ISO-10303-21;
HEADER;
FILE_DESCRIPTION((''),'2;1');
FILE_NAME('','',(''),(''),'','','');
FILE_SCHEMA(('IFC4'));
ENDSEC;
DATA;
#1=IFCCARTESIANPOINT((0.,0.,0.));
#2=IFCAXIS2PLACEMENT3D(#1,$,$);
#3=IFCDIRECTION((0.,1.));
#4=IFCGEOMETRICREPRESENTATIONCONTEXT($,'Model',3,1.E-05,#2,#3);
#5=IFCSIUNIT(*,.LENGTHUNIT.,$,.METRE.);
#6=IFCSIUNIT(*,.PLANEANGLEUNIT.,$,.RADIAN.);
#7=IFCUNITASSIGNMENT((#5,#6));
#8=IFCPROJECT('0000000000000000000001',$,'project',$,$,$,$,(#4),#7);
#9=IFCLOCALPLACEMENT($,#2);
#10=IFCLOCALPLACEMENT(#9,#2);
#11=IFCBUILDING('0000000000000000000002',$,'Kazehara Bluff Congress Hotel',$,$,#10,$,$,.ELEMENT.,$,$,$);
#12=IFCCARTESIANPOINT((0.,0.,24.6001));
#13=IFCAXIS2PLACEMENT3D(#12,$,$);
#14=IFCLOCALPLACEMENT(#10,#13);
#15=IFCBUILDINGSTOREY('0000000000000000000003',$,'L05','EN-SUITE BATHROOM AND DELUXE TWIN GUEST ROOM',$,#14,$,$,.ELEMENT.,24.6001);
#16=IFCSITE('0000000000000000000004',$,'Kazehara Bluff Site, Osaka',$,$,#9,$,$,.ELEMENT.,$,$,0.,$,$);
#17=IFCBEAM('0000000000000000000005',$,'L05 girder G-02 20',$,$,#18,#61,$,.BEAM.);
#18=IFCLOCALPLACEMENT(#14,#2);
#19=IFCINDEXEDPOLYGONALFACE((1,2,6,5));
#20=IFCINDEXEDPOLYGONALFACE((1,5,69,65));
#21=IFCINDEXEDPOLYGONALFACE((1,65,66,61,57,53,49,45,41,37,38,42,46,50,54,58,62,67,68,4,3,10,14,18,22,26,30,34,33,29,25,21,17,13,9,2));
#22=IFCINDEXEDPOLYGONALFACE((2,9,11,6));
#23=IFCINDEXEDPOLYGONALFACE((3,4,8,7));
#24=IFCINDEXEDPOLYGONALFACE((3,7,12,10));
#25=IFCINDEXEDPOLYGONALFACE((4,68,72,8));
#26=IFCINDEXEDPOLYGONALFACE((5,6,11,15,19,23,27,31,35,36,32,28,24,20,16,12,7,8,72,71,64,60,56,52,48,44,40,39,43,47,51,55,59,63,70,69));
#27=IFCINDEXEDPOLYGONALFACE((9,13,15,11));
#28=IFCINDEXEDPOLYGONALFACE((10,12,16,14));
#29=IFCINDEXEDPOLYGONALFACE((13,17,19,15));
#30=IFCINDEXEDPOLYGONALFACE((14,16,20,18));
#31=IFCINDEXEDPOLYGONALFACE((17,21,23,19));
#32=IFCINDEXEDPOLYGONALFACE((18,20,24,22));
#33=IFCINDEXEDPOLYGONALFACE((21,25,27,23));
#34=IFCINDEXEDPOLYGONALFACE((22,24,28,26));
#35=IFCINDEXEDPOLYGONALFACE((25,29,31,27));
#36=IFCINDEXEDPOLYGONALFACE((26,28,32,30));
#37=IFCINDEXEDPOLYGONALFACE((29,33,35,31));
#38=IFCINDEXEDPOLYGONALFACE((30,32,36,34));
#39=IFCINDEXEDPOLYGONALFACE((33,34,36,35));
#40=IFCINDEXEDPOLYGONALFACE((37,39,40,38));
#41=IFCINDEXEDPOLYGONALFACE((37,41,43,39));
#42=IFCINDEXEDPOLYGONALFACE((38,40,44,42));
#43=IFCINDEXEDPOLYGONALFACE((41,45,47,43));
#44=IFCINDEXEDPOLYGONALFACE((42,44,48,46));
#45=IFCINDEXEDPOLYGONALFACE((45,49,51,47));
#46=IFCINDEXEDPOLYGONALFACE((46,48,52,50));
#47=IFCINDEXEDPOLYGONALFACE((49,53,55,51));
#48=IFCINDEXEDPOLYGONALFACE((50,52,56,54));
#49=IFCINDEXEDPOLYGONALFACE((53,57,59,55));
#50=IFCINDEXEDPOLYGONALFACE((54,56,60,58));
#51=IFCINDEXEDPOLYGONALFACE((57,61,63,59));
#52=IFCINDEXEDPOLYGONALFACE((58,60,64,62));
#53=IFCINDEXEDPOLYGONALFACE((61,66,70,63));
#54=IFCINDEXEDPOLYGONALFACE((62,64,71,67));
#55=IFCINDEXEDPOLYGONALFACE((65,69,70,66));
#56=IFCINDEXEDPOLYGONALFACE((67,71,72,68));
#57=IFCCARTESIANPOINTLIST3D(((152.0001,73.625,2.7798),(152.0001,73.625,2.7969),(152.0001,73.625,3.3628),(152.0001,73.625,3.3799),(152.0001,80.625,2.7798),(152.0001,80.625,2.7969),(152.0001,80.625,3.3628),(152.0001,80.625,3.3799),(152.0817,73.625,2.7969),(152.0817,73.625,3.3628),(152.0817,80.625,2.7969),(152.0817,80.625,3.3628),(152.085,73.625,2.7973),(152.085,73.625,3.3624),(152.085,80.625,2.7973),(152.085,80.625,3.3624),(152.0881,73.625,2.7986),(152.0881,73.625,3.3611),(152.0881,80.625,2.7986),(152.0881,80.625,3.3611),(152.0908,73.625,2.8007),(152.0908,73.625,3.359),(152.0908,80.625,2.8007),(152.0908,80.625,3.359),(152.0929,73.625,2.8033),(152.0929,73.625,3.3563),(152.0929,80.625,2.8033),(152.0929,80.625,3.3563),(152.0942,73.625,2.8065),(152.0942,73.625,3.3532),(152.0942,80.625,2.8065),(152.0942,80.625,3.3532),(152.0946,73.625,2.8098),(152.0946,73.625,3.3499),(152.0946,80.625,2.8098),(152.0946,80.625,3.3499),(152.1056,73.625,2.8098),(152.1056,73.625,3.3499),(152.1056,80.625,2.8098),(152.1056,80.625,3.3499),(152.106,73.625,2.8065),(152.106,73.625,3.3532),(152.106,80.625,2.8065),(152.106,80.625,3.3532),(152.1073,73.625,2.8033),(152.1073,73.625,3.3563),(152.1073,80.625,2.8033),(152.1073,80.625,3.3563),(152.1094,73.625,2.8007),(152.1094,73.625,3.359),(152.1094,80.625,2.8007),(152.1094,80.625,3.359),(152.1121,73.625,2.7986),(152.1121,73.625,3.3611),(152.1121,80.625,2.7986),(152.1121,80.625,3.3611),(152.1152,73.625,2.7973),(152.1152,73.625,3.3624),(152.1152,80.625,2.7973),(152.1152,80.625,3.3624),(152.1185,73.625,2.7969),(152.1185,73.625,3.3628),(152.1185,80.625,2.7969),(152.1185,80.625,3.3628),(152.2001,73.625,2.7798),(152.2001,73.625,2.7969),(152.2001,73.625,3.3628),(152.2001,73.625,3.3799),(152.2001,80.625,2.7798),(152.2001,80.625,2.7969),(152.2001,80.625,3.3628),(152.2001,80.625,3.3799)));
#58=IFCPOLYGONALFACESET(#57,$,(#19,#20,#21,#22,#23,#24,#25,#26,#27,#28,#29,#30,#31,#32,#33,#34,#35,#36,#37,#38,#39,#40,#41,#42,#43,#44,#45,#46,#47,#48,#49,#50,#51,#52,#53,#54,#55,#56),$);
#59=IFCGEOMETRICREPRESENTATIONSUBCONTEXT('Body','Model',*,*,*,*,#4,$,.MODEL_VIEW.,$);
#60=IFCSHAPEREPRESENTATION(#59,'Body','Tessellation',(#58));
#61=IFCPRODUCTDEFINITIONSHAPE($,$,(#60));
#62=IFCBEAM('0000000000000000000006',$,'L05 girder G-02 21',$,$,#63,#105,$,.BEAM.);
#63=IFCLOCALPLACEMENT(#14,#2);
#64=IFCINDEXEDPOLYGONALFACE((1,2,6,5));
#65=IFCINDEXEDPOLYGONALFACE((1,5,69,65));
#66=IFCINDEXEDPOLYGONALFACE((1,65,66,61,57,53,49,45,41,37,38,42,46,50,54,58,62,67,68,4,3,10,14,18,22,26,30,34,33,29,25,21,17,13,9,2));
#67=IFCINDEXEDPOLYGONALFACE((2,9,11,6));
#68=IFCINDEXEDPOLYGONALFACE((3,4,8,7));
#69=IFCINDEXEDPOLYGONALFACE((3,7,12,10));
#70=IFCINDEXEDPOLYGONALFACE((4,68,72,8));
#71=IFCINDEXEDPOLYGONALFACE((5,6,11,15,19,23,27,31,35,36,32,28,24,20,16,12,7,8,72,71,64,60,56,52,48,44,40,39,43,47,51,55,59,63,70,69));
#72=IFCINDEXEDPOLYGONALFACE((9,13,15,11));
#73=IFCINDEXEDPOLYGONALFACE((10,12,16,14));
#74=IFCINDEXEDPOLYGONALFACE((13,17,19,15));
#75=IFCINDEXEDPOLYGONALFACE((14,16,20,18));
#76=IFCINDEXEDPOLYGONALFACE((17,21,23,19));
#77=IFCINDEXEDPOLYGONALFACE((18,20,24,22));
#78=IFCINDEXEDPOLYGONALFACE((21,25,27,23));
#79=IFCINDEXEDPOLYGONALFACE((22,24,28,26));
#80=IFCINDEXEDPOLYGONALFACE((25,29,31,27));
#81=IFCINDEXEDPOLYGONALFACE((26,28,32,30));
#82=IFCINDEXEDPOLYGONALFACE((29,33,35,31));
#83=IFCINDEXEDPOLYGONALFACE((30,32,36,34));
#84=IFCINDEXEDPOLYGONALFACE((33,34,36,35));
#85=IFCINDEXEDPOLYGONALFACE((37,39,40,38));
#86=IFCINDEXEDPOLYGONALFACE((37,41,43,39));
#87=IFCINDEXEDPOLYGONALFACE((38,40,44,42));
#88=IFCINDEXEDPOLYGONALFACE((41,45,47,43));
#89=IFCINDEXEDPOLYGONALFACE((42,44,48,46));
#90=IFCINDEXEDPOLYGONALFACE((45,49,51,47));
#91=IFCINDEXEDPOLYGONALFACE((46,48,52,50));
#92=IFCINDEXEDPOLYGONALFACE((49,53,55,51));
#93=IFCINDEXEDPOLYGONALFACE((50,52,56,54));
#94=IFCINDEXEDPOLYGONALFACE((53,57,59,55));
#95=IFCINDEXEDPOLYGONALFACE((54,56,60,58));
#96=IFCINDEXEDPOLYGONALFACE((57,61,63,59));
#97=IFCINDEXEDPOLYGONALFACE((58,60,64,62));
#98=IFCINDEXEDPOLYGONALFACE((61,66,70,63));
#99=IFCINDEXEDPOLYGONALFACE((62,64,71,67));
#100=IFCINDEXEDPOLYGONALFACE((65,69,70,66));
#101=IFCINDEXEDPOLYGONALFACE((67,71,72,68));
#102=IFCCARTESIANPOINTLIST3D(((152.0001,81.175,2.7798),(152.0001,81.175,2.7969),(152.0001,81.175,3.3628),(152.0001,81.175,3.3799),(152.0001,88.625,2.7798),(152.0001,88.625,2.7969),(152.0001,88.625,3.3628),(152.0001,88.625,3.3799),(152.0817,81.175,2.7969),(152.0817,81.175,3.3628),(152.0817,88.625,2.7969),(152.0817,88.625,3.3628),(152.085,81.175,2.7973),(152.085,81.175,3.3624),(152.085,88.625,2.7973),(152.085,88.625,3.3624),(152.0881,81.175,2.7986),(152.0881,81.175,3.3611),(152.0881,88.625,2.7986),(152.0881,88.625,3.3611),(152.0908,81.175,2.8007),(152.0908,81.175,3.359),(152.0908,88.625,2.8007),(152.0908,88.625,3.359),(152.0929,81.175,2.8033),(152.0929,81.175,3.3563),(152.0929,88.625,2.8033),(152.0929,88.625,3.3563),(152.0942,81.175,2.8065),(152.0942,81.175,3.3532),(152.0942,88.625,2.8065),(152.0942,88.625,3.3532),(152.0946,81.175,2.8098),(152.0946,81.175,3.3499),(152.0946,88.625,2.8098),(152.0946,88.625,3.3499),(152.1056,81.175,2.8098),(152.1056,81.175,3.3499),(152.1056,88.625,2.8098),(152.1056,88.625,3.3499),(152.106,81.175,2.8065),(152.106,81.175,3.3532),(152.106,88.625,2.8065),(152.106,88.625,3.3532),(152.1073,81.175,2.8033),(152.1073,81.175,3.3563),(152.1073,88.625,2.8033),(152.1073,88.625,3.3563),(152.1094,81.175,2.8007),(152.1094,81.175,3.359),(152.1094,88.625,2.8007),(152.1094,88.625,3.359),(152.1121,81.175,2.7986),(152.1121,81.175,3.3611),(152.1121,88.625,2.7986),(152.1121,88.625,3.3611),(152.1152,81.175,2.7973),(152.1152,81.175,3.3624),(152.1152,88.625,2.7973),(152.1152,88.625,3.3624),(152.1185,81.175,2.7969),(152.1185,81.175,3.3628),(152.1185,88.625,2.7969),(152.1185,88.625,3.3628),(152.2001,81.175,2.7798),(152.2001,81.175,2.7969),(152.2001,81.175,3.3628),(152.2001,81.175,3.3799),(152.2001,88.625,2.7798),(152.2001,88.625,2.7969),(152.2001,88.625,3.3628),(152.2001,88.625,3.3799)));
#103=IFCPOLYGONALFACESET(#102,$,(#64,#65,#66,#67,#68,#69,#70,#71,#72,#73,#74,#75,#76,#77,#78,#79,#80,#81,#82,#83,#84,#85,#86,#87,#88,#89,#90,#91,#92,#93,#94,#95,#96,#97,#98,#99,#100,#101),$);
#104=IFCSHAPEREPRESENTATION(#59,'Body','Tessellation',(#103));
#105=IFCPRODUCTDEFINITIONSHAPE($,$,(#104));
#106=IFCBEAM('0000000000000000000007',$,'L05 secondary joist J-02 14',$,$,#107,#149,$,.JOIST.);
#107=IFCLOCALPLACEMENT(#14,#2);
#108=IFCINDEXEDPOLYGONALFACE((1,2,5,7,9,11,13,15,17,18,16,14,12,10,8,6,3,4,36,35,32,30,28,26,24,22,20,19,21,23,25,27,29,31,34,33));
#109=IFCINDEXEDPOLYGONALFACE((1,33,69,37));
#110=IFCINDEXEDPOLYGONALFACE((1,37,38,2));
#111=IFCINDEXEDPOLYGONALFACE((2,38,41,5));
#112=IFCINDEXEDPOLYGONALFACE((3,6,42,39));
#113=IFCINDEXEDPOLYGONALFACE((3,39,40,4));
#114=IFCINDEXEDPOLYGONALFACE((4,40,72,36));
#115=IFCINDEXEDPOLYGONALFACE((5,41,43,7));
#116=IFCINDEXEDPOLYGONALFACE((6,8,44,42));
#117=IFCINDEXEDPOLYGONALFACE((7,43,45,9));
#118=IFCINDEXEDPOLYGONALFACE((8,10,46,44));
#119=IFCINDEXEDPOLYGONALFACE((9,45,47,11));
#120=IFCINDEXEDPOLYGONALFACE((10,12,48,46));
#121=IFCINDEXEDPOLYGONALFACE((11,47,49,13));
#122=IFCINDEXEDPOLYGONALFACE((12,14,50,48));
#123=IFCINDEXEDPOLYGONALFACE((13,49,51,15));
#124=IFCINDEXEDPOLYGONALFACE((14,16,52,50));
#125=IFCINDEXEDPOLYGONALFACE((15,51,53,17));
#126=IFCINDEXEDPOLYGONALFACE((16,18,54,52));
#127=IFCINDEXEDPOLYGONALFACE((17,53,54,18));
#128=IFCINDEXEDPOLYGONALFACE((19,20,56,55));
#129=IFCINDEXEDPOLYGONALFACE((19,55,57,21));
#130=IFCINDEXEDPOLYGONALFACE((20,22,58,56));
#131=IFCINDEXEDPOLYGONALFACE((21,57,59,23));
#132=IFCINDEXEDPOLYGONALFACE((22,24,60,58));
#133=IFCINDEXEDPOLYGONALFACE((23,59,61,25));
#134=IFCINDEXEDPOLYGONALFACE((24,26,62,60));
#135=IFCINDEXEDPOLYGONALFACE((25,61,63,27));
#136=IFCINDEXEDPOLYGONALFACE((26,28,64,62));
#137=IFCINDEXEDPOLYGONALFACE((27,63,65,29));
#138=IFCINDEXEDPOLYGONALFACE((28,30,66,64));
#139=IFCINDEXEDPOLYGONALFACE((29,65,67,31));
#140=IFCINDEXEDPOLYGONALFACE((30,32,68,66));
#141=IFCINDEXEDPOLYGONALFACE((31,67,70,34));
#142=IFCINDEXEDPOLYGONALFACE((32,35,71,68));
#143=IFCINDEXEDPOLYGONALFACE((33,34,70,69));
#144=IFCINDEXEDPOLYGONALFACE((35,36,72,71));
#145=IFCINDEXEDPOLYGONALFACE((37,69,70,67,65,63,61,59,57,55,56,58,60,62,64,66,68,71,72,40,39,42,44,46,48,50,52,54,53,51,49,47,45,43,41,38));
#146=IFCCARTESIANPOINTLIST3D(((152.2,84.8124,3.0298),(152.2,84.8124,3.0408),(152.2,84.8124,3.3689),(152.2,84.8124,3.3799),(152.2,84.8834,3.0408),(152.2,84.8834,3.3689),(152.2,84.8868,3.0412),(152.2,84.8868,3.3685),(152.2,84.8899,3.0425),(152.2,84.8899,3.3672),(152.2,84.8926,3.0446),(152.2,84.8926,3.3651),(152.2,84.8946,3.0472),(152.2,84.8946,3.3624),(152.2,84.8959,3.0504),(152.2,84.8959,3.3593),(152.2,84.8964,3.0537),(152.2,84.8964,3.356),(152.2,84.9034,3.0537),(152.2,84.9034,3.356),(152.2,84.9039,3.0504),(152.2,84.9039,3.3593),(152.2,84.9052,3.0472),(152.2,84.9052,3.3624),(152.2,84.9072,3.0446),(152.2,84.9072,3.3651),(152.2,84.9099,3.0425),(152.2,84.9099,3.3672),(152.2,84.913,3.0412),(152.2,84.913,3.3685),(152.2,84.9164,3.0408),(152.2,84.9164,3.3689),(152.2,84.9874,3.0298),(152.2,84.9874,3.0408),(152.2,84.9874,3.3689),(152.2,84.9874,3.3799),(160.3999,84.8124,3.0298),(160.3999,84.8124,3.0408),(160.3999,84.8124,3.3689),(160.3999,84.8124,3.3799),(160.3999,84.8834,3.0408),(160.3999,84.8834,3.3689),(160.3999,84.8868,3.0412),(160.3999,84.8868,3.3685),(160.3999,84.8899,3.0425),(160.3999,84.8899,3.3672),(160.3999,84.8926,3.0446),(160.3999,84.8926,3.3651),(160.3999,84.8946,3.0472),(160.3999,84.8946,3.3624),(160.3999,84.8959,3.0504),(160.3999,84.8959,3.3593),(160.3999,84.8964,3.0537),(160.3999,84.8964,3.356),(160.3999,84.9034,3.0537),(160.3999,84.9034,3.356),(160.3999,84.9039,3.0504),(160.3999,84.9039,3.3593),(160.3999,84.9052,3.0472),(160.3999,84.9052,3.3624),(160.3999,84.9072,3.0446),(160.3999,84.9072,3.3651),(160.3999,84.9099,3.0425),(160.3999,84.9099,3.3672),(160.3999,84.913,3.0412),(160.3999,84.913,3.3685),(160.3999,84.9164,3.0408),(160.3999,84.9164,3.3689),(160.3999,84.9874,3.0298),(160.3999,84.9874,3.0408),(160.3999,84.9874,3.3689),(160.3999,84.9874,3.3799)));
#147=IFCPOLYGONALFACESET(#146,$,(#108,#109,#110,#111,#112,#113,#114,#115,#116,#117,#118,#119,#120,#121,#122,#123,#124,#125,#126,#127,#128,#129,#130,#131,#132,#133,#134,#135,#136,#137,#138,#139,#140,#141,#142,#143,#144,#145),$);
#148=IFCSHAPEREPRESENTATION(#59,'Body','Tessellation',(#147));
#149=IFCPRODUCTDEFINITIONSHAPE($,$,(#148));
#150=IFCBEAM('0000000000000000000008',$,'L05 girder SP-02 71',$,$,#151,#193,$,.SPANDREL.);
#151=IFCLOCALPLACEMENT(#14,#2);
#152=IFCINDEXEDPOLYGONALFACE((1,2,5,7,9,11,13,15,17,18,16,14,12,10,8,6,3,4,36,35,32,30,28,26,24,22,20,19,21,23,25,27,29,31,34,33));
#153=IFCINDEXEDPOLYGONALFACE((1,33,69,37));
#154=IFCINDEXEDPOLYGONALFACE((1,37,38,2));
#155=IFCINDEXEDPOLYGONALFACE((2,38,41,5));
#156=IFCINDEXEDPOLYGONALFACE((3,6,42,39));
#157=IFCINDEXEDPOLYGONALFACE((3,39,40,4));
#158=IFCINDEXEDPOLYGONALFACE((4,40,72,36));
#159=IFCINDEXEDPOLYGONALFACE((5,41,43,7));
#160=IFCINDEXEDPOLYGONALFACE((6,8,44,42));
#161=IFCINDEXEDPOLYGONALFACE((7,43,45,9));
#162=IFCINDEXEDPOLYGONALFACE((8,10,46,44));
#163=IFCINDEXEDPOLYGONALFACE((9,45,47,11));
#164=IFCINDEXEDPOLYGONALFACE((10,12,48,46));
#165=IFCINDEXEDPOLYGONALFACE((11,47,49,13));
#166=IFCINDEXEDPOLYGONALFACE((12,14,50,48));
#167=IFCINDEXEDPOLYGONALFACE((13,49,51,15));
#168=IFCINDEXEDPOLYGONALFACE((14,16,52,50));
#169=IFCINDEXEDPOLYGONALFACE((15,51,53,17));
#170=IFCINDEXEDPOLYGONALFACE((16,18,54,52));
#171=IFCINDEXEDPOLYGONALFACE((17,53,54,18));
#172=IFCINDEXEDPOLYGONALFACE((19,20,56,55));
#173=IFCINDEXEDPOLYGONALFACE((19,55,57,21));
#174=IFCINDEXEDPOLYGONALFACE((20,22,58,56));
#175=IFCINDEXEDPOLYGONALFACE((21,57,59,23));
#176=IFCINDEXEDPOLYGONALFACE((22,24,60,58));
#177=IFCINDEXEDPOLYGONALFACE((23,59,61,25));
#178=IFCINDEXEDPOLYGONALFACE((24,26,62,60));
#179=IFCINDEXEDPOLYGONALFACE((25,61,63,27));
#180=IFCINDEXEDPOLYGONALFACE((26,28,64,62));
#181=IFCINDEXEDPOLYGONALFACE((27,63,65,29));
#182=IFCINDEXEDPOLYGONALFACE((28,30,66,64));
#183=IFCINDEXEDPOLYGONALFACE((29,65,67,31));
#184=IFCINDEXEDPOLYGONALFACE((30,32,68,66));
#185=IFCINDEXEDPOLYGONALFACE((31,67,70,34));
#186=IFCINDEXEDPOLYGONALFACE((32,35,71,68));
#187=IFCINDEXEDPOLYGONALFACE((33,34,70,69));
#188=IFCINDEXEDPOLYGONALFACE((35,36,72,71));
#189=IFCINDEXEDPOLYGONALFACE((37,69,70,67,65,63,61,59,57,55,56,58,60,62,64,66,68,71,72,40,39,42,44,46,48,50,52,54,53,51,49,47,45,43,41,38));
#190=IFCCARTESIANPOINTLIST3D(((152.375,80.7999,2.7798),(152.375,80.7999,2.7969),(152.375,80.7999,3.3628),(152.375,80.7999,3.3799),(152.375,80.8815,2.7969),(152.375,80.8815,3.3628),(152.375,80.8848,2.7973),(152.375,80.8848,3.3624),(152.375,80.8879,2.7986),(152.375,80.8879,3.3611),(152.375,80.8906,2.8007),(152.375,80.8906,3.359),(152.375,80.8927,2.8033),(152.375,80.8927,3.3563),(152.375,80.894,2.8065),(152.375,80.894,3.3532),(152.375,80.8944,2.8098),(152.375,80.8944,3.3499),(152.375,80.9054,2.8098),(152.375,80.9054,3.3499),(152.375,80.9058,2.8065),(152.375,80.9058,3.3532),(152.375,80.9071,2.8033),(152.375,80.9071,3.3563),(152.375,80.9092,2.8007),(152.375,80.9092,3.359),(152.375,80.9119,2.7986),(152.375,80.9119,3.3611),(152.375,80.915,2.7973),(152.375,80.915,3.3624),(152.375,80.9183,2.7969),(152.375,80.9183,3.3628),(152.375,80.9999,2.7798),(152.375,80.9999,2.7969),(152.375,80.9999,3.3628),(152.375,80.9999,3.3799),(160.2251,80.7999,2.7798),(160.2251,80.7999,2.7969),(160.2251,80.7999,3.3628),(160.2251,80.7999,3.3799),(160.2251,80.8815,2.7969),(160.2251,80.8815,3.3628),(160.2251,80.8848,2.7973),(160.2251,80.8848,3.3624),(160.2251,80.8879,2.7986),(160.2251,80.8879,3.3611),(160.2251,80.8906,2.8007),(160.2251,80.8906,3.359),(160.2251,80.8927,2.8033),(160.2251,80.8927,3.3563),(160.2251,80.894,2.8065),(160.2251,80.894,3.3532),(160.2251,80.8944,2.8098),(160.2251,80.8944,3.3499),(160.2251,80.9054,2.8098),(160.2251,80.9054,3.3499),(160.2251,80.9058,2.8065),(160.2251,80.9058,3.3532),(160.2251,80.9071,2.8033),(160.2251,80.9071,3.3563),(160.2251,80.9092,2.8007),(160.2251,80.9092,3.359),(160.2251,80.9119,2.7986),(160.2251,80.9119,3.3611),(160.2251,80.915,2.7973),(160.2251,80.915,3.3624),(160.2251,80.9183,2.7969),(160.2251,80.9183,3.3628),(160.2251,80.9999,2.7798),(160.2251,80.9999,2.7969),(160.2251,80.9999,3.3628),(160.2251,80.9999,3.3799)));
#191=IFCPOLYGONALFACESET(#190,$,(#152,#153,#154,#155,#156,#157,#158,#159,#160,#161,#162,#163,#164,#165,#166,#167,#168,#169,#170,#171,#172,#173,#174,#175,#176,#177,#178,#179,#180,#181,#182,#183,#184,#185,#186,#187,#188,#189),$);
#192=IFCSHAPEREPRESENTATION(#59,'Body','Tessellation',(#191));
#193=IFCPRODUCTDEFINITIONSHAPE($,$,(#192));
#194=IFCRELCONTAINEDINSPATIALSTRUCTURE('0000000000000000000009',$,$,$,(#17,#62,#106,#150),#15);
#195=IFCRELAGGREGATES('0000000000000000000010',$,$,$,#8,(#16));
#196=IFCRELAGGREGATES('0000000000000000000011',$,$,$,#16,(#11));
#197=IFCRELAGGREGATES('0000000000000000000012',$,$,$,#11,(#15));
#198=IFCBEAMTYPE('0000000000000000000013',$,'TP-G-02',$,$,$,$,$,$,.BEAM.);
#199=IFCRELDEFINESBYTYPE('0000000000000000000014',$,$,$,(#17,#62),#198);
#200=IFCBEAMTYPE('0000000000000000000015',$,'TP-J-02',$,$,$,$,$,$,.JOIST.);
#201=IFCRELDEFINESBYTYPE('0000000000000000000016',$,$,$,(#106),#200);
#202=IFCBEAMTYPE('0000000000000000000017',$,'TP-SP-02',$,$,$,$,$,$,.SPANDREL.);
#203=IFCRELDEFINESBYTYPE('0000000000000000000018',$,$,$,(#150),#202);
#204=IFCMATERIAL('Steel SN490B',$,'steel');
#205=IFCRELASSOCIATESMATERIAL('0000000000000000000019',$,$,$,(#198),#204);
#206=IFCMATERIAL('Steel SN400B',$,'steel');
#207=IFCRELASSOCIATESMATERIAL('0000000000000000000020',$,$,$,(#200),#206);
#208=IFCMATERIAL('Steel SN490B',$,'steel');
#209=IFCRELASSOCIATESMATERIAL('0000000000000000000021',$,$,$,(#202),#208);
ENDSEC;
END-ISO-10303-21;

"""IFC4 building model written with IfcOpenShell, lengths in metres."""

from ifc_helpers import new_model, si_unit, direction, frame, origin, origin_2d, place, context, subcontext, project, spatial, i_section, extrude, material, material_profile, profile_set, type_object, element, save


model = new_model("IFC4")

# Units and contexts
model_context = context("Model", 3, precision=1e-05, world=origin(), true_north=direction((0.0, 1.0)))
body_context = subcontext(model_context, "Body", "Model", "MODEL_VIEW")
ifc_project = project(units=[si_unit("LENGTHUNIT", "METRE"), si_unit("PLANEANGLEUNIT", "RADIAN")], contexts=[model_context])

# Site, building, storey
site_placement = place(None, origin())
site = spatial("IfcSite", under=ifc_project, at=site_placement, Name="Kazehara Bluff Site, Osaka", CompositionType="ELEMENT", RefElevation=0.0)
building_placement = place(site_placement, origin())
building = spatial("IfcBuilding", under=site, at=building_placement, Name="Kazehara Bluff Congress Hotel", CompositionType="ELEMENT")
storey_placement = place(building_placement, frame((0.0, 0.0, 24.6001)))
storey = spatial("IfcBuildingStorey", under=building, at=storey_placement, Name="L05", Description="EN-SUITE BATHROOM AND DELUXE TWIN GUEST ROOM", CompositionType="ELEMENT", Elevation=24.6001)

# Beams
ifc_material_1 = material(Name="Steel SN490B", Category="steel")
ifc_material_profile_1 = material_profile(ifc_material_1, i_section(OverallWidth=0.2, OverallDepth=0.6001, WebThickness=0.011, FlangeThickness=0.0171, FilletRadius=0.0129, at=origin_2d()))
ifc_profile_set_1 = profile_set([ifc_material_profile_1], Name="Steel SN490B")
beam_type_1 = type_object("IfcBeamType", Name="TP-G-02", PredefinedType="BEAM", material=ifc_profile_set_1)
beam_1_placement = place(storey_placement, frame((152.1001, 73.625, 3.0798), z_axis=(0.0, 1.0, 0.0), x_axis=(-1.0, 0.0, 0.0)))
element("IfcBeam", 1, at=beam_1_placement, inside=storey, type_object=beam_type_1, Name="L05 girder G-02 20", PredefinedType="BEAM", context=body_context, shape_type="SweptSolid", body=[
    extrude(i_section(OverallWidth=0.2, OverallDepth=0.6001, WebThickness=0.011, FlangeThickness=0.0171, FilletRadius=0.0129, at=origin_2d()), origin(), (0.0, 0.0, 1.0), 7.0),
])
beam_2_placement = place(storey_placement, frame((152.1001, 81.175, 3.0798), z_axis=(0.0, 1.0, 0.0), x_axis=(-1.0, 0.0, 0.0)))
element("IfcBeam", 2, at=beam_2_placement, inside=storey, type_object=beam_type_1, Name="L05 girder G-02 21", PredefinedType="BEAM", context=body_context, shape_type="SweptSolid", body=[
    extrude(i_section(OverallWidth=0.2, OverallDepth=0.6001, WebThickness=0.011, FlangeThickness=0.0171, FilletRadius=0.0129, at=origin_2d()), origin(), (0.0, 0.0, 1.0), 7.45),
])
ifc_material_2 = material(Name="Steel SN400B", Category="steel")
ifc_material_profile_2 = material_profile(ifc_material_2, i_section(OverallWidth=0.175, OverallDepth=0.3501, WebThickness=0.0071, FlangeThickness=0.011, FilletRadius=0.0129, at=origin_2d()))
ifc_profile_set_2 = profile_set([ifc_material_profile_2], Name="Steel SN400B")
beam_type_2 = type_object("IfcBeamType", Name="TP-J-02", PredefinedType="JOIST", material=ifc_profile_set_2)
beam_3_placement = place(storey_placement, frame((152.2, 84.8999, 3.2048), z_axis=(1.0, 0.0, 0.0), x_axis=(0.0, 1.0, 0.0)))
element("IfcBeam", 3, at=beam_3_placement, inside=storey, type_object=beam_type_2, Name="L05 secondary joist J-02 14", PredefinedType="JOIST", context=body_context, shape_type="SweptSolid", body=[
    extrude(i_section(OverallWidth=0.175, OverallDepth=0.3501, WebThickness=0.0071, FlangeThickness=0.011, FilletRadius=0.0129, at=origin_2d()), origin(), (0.0, 0.0, 1.0), 8.2),
])
ifc_material_3 = material(Name="Steel SN490B", Category="steel")
ifc_material_profile_3 = material_profile(ifc_material_3, i_section(OverallWidth=0.2, OverallDepth=0.6001, WebThickness=0.011, FlangeThickness=0.0171, FilletRadius=0.0129, at=origin_2d()))
ifc_profile_set_3 = profile_set([ifc_material_profile_3], Name="Steel SN490B")
beam_type_3 = type_object("IfcBeamType", Name="TP-SP-02", PredefinedType="SPANDREL", material=ifc_profile_set_3)
beam_4_placement = place(storey_placement, frame((152.375, 80.8999, 3.0798), z_axis=(1.0, 0.0, 0.0), x_axis=(0.0, 1.0, 0.0)))
element("IfcBeam", 4, at=beam_4_placement, inside=storey, type_object=beam_type_3, Name="L05 girder SP-02 71", PredefinedType="SPANDREL", context=body_context, shape_type="SweptSolid", body=[
    extrude(i_section(OverallWidth=0.2, OverallDepth=0.6001, WebThickness=0.011, FlangeThickness=0.0171, FilletRadius=0.0129, at=origin_2d()), origin(), (0.0, 0.0, 1.0), 7.8501),
])

save(model, "model.ifc")
